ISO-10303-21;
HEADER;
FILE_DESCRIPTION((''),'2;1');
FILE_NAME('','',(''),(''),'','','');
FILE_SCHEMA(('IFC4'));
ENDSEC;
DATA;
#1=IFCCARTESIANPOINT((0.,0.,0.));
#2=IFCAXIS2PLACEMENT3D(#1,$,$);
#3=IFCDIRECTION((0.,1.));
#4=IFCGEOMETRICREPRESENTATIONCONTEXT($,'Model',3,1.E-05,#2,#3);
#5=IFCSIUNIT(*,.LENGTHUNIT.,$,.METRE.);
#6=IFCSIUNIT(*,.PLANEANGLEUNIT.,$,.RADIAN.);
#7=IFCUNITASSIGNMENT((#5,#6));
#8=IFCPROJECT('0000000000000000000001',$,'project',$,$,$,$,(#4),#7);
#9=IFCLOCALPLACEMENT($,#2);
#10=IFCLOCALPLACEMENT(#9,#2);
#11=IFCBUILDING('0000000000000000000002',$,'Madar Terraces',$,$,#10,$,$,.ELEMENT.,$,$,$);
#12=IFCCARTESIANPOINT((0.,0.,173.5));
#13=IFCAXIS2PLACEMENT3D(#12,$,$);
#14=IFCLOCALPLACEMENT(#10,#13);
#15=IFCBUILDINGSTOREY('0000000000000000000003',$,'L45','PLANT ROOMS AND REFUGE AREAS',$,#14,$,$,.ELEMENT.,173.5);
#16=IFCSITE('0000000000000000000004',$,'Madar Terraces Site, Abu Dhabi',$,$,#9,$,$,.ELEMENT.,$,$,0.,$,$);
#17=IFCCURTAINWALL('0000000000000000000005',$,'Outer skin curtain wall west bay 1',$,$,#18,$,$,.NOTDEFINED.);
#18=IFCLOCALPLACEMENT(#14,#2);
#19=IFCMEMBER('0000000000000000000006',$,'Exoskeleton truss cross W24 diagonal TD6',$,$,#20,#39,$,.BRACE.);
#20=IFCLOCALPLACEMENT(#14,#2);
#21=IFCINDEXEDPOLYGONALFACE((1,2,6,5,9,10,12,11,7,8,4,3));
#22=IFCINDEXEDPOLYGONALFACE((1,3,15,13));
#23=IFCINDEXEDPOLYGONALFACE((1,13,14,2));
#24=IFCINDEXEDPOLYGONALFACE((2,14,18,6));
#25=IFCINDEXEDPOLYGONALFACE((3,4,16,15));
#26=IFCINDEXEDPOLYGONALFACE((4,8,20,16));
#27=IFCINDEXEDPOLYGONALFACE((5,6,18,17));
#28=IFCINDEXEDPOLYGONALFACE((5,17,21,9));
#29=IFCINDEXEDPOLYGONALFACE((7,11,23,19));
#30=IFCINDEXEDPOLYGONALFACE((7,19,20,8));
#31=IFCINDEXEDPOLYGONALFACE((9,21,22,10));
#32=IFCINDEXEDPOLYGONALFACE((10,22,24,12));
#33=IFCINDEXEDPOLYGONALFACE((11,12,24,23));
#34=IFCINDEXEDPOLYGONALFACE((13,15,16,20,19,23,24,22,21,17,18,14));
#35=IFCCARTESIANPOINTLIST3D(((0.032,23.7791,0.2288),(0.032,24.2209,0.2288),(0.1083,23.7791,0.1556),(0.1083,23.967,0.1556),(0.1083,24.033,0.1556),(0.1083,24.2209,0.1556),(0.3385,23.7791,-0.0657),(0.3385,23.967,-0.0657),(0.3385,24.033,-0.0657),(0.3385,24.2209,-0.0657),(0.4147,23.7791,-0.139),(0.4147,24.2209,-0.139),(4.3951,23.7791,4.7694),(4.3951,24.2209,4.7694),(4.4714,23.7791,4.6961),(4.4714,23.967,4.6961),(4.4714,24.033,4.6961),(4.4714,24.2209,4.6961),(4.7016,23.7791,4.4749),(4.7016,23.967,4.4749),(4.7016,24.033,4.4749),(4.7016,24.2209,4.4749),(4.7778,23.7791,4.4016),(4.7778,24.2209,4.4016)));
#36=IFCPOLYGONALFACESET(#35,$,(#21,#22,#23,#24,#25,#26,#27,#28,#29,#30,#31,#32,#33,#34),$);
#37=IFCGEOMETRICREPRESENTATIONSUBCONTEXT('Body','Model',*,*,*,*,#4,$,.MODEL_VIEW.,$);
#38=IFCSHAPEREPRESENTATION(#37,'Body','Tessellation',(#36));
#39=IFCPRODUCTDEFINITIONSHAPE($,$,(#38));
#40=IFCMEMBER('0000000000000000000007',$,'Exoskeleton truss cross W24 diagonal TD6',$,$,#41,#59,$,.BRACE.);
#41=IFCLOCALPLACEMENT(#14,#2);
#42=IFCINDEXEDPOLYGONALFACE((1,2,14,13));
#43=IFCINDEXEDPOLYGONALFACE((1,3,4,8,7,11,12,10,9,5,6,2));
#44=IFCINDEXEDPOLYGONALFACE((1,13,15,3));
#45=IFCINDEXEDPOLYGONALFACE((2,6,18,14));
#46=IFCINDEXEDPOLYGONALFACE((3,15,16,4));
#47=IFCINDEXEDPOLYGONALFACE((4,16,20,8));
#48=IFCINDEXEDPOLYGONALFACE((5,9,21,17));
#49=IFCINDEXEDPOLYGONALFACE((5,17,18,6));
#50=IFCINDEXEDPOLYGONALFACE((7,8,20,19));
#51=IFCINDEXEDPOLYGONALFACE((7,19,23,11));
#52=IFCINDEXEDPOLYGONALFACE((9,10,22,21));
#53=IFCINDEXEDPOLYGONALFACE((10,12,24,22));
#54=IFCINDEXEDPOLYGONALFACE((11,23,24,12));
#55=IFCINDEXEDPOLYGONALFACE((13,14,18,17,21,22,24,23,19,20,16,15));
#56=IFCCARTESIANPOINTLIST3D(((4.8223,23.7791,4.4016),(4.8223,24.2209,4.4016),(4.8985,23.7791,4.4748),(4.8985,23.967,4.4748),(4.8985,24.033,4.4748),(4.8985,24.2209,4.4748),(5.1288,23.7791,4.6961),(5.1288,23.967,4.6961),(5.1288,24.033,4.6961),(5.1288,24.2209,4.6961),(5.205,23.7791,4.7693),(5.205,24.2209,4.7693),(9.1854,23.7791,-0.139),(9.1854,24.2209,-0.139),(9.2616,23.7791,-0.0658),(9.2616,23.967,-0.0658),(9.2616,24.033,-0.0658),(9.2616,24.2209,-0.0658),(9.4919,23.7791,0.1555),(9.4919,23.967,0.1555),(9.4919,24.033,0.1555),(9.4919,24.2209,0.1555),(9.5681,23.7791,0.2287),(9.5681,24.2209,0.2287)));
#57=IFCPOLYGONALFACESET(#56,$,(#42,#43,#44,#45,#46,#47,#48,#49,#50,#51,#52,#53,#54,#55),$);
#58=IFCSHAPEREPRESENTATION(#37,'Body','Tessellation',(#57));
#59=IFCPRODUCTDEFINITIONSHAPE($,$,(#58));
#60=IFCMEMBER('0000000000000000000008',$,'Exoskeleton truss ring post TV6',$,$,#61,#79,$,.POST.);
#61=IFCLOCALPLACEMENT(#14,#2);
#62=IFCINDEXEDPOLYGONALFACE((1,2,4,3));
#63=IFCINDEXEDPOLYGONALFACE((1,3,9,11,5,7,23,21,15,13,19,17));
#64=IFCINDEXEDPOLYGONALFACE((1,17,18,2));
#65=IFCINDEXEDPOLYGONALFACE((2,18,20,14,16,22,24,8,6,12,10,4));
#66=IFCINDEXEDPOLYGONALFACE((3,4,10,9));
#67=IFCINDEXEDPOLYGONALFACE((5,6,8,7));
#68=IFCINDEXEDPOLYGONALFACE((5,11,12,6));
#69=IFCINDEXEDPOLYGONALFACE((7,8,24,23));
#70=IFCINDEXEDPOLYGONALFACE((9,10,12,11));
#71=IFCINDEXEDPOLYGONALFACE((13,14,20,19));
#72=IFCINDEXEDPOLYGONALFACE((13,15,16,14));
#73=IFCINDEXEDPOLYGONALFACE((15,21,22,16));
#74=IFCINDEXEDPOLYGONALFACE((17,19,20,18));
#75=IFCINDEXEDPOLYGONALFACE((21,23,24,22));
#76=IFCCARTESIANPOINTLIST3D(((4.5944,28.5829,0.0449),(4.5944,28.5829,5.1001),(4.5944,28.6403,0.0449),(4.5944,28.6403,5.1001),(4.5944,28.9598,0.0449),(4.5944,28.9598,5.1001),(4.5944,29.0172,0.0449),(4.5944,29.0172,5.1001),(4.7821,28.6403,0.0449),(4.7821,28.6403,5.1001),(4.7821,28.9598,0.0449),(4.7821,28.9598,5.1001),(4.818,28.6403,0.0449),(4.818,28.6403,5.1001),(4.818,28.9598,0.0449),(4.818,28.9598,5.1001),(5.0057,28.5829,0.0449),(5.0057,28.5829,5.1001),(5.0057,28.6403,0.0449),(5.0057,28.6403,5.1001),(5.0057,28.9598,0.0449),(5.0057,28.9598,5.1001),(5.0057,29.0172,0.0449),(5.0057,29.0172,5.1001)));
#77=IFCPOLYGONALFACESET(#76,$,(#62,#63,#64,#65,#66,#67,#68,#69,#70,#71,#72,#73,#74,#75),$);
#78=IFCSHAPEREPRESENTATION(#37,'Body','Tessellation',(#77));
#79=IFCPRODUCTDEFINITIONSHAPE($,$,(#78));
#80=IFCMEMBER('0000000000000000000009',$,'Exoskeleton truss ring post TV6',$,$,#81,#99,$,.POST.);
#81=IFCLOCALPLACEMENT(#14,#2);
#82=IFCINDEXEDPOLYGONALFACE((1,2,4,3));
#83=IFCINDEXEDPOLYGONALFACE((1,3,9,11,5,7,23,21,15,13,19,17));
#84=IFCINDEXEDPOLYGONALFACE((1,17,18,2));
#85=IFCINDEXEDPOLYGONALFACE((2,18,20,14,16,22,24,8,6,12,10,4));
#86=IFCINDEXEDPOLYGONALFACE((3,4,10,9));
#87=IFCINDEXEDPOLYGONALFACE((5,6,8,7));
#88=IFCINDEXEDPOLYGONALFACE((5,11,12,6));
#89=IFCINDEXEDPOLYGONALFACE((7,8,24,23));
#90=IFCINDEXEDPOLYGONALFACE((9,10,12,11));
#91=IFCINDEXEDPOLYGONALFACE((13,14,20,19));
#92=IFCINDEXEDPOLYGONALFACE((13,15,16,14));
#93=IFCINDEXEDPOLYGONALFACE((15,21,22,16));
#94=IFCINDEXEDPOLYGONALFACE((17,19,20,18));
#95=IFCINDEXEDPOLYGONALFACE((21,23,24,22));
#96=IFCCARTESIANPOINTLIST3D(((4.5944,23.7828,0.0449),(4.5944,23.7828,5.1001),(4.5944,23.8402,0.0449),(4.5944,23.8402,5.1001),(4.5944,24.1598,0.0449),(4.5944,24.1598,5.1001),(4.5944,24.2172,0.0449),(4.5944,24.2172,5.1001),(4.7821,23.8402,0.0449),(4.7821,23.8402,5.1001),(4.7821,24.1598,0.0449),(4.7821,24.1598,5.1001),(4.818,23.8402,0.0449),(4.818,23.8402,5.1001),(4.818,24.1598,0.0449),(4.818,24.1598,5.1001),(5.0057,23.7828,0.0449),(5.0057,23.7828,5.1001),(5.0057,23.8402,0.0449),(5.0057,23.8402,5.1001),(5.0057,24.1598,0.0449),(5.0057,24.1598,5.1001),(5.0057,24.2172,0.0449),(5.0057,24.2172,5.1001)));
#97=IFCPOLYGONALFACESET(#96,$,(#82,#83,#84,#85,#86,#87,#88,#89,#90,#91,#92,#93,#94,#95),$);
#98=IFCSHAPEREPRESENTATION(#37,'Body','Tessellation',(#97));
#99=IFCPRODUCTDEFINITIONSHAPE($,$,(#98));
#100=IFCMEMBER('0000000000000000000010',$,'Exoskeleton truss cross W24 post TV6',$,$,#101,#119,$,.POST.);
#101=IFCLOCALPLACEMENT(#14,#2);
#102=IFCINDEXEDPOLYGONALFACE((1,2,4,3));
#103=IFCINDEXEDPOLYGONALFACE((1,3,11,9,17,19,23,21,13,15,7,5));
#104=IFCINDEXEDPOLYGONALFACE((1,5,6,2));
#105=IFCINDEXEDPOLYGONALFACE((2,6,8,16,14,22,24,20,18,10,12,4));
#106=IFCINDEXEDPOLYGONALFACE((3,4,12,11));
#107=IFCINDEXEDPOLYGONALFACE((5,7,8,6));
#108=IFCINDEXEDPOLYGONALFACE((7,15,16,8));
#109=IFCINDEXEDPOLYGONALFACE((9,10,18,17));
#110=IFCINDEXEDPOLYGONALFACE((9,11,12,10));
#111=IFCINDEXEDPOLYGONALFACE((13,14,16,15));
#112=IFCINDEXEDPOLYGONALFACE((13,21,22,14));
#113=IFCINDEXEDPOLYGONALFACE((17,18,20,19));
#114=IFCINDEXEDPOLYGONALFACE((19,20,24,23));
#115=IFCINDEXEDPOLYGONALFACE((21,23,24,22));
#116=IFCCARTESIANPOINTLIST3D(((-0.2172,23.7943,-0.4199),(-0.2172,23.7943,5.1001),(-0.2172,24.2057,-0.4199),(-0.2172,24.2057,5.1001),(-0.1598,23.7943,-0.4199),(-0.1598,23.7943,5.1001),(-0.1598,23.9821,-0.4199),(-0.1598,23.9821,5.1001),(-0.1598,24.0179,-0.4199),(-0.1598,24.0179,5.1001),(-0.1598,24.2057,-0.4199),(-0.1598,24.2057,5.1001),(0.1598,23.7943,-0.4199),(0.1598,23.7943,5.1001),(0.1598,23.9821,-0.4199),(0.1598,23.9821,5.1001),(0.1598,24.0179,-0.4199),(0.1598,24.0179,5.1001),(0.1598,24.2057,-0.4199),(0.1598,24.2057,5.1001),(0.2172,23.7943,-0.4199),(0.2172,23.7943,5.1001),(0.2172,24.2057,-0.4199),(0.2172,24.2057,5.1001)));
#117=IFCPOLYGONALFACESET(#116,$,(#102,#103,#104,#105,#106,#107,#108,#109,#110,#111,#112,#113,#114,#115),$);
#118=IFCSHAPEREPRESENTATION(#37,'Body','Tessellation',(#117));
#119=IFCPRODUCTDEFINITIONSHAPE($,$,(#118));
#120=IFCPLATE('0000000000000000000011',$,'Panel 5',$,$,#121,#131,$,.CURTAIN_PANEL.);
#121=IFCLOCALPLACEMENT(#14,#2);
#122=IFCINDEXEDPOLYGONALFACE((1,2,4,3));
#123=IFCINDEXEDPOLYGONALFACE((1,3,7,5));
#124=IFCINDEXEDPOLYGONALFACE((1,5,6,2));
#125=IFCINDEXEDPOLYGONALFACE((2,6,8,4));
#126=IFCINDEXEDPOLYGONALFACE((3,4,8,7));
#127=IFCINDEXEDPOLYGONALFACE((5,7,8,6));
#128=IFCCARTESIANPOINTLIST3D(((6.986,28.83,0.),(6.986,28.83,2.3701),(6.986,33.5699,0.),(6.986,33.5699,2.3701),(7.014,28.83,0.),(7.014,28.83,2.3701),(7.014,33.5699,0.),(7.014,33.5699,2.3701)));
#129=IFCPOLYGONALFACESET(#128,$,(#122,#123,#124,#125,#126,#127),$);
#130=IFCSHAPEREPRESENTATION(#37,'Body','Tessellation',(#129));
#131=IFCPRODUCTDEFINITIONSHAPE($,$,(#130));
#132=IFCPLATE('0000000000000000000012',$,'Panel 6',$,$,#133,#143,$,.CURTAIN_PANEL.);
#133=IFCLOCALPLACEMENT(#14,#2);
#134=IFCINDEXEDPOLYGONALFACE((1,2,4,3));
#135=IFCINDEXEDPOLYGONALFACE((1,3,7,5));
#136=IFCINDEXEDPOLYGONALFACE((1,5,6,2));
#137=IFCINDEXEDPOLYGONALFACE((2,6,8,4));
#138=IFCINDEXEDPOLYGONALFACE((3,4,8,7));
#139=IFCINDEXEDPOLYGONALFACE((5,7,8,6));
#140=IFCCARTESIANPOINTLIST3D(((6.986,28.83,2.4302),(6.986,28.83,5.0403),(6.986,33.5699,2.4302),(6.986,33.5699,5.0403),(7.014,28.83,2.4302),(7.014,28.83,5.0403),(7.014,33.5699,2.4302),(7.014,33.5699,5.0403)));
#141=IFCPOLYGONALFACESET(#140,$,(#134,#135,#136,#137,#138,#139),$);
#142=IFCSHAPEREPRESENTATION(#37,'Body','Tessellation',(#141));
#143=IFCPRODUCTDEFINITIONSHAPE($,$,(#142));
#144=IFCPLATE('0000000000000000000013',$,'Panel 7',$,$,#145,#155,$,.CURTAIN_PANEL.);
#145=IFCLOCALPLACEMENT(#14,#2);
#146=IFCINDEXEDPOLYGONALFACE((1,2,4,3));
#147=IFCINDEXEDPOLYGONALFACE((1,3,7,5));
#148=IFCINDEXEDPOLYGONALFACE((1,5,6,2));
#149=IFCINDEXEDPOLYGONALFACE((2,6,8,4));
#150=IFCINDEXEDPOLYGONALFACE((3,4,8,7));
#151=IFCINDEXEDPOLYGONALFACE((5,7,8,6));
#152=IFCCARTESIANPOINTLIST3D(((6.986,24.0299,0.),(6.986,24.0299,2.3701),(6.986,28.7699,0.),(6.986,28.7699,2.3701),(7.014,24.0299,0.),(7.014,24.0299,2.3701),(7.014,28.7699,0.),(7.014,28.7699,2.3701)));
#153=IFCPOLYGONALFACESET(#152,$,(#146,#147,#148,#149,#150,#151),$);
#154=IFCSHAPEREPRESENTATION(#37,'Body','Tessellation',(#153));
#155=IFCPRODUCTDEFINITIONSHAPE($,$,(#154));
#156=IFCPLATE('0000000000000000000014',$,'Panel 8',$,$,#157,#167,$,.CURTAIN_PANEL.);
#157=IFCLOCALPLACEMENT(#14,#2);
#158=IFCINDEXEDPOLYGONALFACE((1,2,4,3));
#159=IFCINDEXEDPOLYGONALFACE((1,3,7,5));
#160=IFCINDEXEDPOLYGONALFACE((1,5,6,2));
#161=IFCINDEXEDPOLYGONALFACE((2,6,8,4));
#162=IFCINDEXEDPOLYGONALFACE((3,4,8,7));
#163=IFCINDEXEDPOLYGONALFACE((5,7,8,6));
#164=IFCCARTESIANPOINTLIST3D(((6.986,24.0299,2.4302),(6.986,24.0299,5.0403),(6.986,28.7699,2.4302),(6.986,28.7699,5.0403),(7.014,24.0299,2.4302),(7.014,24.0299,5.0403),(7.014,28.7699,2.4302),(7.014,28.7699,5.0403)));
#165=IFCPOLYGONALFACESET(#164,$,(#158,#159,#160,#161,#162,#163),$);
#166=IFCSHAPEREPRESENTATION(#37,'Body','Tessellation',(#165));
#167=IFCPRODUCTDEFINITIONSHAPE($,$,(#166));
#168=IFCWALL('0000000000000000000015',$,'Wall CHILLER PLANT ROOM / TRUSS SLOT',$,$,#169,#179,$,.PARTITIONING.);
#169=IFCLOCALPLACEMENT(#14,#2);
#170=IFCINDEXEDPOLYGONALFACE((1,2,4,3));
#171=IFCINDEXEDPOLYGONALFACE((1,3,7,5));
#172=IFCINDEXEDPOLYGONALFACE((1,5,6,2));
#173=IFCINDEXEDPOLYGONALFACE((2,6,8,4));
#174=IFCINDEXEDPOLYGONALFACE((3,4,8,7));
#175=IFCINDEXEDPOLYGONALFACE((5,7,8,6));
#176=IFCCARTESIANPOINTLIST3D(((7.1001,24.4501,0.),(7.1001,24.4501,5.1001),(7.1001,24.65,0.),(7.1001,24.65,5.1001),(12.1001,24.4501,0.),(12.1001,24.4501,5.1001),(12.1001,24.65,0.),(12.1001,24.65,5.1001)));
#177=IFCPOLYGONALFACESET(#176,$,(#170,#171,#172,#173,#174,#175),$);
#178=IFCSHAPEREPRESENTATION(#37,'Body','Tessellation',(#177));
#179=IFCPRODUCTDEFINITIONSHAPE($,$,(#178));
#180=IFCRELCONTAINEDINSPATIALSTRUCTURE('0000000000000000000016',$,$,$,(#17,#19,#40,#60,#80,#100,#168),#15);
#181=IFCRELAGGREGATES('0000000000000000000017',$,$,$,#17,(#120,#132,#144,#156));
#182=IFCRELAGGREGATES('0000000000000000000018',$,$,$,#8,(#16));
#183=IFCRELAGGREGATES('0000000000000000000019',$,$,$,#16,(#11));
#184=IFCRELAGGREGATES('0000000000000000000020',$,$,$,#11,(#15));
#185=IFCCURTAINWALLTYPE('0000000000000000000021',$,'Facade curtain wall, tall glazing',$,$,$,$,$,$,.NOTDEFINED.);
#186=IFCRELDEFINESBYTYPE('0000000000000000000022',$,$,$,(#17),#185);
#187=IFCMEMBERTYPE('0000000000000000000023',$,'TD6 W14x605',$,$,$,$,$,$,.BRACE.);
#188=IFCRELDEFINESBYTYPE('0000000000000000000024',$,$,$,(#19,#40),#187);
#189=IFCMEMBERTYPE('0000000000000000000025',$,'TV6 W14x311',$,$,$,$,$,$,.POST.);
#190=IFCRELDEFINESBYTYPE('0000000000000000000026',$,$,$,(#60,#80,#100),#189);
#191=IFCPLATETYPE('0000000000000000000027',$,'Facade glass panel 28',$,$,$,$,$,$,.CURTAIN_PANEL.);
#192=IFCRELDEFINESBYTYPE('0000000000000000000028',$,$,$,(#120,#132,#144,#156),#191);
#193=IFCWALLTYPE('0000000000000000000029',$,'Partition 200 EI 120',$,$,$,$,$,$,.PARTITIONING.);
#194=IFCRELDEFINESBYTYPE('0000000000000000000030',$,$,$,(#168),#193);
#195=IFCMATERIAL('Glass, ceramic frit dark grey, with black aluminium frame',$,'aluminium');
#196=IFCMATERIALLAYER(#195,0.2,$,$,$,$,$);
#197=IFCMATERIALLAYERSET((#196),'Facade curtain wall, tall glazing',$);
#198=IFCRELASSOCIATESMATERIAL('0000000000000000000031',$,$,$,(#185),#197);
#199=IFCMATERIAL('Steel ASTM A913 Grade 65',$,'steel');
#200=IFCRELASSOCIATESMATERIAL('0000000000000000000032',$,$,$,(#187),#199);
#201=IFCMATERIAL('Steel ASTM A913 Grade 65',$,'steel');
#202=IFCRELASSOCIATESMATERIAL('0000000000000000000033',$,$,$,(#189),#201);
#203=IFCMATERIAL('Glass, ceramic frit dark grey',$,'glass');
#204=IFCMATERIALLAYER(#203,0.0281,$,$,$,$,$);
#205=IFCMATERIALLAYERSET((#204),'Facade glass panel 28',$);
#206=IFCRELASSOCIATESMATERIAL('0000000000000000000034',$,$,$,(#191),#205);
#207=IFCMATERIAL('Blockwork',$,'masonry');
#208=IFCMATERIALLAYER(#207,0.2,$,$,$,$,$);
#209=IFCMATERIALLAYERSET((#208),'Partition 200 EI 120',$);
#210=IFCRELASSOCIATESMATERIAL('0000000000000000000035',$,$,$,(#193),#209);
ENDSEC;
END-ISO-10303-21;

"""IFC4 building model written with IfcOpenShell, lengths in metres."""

from ifc_helpers import new_model, si_unit, direction, frame, frame_2d, origin, origin_2d, place, context, subcontext, project, spatial, rectangle, i_section, extrude, material, layer, layer_set, material_profile, profile_set, type_object, element, aggregate, save


model = new_model("IFC4")

# Units and contexts
model_context = context("Model", 3, precision=1e-05, world=origin(), true_north=direction((0.0, 1.0)))
body_context = subcontext(model_context, "Body", "Model", "MODEL_VIEW")
ifc_project = project(units=[si_unit("LENGTHUNIT", "METRE"), si_unit("PLANEANGLEUNIT", "RADIAN")], contexts=[model_context])

# Site, building, storey
site_placement = place(None, origin())
site = spatial("IfcSite", under=ifc_project, at=site_placement, Name="Madar Terraces Site, Abu Dhabi", CompositionType="ELEMENT", RefElevation=0.0)
building_placement = place(site_placement, origin())
building = spatial("IfcBuilding", under=site, at=building_placement, Name="Madar Terraces", CompositionType="ELEMENT")
storey_placement = place(building_placement, frame((0.0, 0.0, 173.5)))
storey = spatial("IfcBuildingStorey", under=building, at=storey_placement, Name="L45", Description="PLANT ROOMS AND REFUGE AREAS", CompositionType="ELEMENT", Elevation=173.5)

# Curtain wall
ifc_material_1 = material(Name="Glass, ceramic frit dark grey, with black aluminium frame", Category="aluminium")
ifc_layer_1 = layer(ifc_material_1, 0.2)
ifc_layer_set_1 = layer_set([ifc_layer_1], Name="Facade curtain wall, tall glazing")
curtain_wall_type = type_object("IfcCurtainWallType", Name="Facade curtain wall, tall glazing", PredefinedType="NOTDEFINED", material=ifc_layer_set_1)
curtain_wall_placement = place(storey_placement, origin())
curtain_wall = element("IfcCurtainWall", 1, at=curtain_wall_placement, inside=storey, type_object=curtain_wall_type, Name="Outer skin curtain wall west bay 1", PredefinedType="NOTDEFINED")

# Members
ifc_material_2 = material(Name="Steel ASTM A913 Grade 65", Category="steel")
ifc_material_profile_1 = material_profile(ifc_material_2, i_section(OverallWidth=0.4419, OverallDepth=0.5308, WebThickness=0.0659, FlangeThickness=0.1057, at=origin_2d()), Name="W14x605")
ifc_profile_set_1 = profile_set([ifc_material_profile_1], Name="Steel ASTM A913 Grade 65")
member_type_1 = type_object("IfcMemberType", Name="TD6 W14x605", PredefinedType="BRACE", material=ifc_profile_set_1)
for number, where, z_axis, x_axis, name in (
    (2, (0.2234, 24.0, 0.0449), (0.692873, 0.0, 0.72106), (0.0, 1.0, 0.0), "Exoskeleton truss cross W24 diagonal TD6"),
    (3, (5.0137, 24.0, 4.5854), (0.692873, 0.0, -0.72106), (0.0, 1.0, 0.0), "Exoskeleton truss cross W24 diagonal TD6"),
):
    element("IfcMember", number, at=place(storey_placement, frame(where, z_axis=z_axis, x_axis=x_axis)), inside=storey, type_object=member_type_1, Name=name, PredefinedType="BRACE", context=body_context, shape_type="SweptSolid", body=[
        extrude(i_section(OverallWidth=0.4419, OverallDepth=0.5308, WebThickness=0.0659, FlangeThickness=0.1057, at=origin_2d()), origin(), (0.0, 0.0, 1.0), 6.2971),
    ])
ifc_material_3 = material(Name="Steel ASTM A913 Grade 65", Category="steel")
ifc_material_profile_2 = material_profile(ifc_material_3, i_section(OverallWidth=0.4114, OverallDepth=0.4343, WebThickness=0.0359, FlangeThickness=0.0574, at=origin_2d()), Name="W14x311")
ifc_profile_set_2 = profile_set([ifc_material_profile_2], Name="Steel ASTM A913 Grade 65")
member_type_2 = type_object("IfcMemberType", Name="TV6 W14x311", PredefinedType="POST", material=ifc_profile_set_2)
for number, where, z_axis, x_axis, name in (
    (4, (4.8, 28.8, 0.0449), (0.0, 0.0, 1.0), (1.0, 0.0, 0.0), "Exoskeleton truss ring post TV6"),
    (5, (4.8, 24.0, 0.0449), (0.0, 0.0, 1.0), (1.0, 0.0, 0.0), "Exoskeleton truss ring post TV6"),
):
    element("IfcMember", number, at=place(storey_placement, frame(where, z_axis=z_axis, x_axis=x_axis)), inside=storey, type_object=member_type_2, Name=name, PredefinedType="POST", context=body_context, shape_type="SweptSolid", body=[
        extrude(i_section(OverallWidth=0.4114, OverallDepth=0.4343, WebThickness=0.0359, FlangeThickness=0.0574, at=origin_2d()), origin(), (0.0, 0.0, 1.0), 5.0552),
    ])
member_1_placement = place(storey_placement, frame((0.0, 24.0, -0.4199), z_axis=(0.0, 0.0, 1.0), x_axis=(0.0, 1.0, 0.0)))
element("IfcMember", 6, at=member_1_placement, inside=storey, type_object=member_type_2, Name="Exoskeleton truss cross W24 post TV6", PredefinedType="POST", context=body_context, shape_type="SweptSolid", body=[
    extrude(i_section(OverallWidth=0.4114, OverallDepth=0.4343, WebThickness=0.0359, FlangeThickness=0.0574, at=origin_2d()), origin(), (0.0, 0.0, 1.0), 5.52),
])

# Plates
ifc_material_4 = material(Name="Glass, ceramic frit dark grey", Category="glass")
ifc_layer_2 = layer(ifc_material_4, 0.0281)
ifc_layer_set_2 = layer_set([ifc_layer_2], Name="Facade glass panel 28")
plate_type = type_object("IfcPlateType", Name="Facade glass panel 28", PredefinedType="CURTAIN_PANEL", material=ifc_layer_set_2)
plate_1_placement = place(storey_placement, frame((7.0, 31.2, 0.0), z_axis=(0.0, 0.0, 1.0), x_axis=(0.0, -1.0, 0.0)))
plate_1 = element("IfcPlate", 7, at=plate_1_placement, type_object=plate_type, Name="Panel 5", PredefinedType="CURTAIN_PANEL", context=body_context, shape_type="SweptSolid", body=[
    extrude(rectangle(XDim=4.74, YDim=0.0281, at=origin_2d()), origin(), (0.0, 0.0, 1.0), 2.3701),
])
plate_2_placement = place(storey_placement, frame((7.0, 31.2, 2.4302), z_axis=(0.0, 0.0, 1.0), x_axis=(0.0, -1.0, 0.0)))
plate_2 = element("IfcPlate", 8, at=plate_2_placement, type_object=plate_type, Name="Panel 6", PredefinedType="CURTAIN_PANEL", context=body_context, shape_type="SweptSolid", body=[
    extrude(rectangle(XDim=4.74, YDim=0.0281, at=origin_2d()), origin(), (0.0, 0.0, 1.0), 2.6101),
])
plate_3_placement = place(storey_placement, frame((7.0, 26.3999, 0.0), z_axis=(0.0, 0.0, 1.0), x_axis=(0.0, -1.0, 0.0)))
plate_3 = element("IfcPlate", 9, at=plate_3_placement, type_object=plate_type, Name="Panel 7", PredefinedType="CURTAIN_PANEL", context=body_context, shape_type="SweptSolid", body=[
    extrude(rectangle(XDim=4.74, YDim=0.0281, at=origin_2d()), origin(), (0.0, 0.0, 1.0), 2.3701),
])
plate_4_placement = place(storey_placement, frame((7.0, 26.3999, 2.4302), z_axis=(0.0, 0.0, 1.0), x_axis=(0.0, -1.0, 0.0)))
plate_4 = element("IfcPlate", 10, at=plate_4_placement, type_object=plate_type, Name="Panel 8", PredefinedType="CURTAIN_PANEL", context=body_context, shape_type="SweptSolid", body=[
    extrude(rectangle(XDim=4.74, YDim=0.0281, at=origin_2d()), origin(), (0.0, 0.0, 1.0), 2.6101),
])
aggregate(curtain_wall, [plate_1, plate_2, plate_3, plate_4])

# Wall
ifc_material_5 = material(Name="Blockwork", Category="masonry")
ifc_layer_3 = layer(ifc_material_5, 0.2)
ifc_layer_set_3 = layer_set([ifc_layer_3], Name="Partition 200 EI 120")
wall_type = type_object("IfcWallType", Name="Partition 200 EI 120", PredefinedType="PARTITIONING", material=ifc_layer_set_3)
wall_placement = place(storey_placement, frame((7.1001, 24.55, 0.0), z_axis=(0.0, 0.0, 1.0), x_axis=(1.0, 0.0, 0.0)))
element("IfcWall", 11, at=wall_placement, inside=storey, type_object=wall_type, Name="Wall CHILLER PLANT ROOM / TRUSS SLOT", PredefinedType="PARTITIONING", context=body_context, shape_type="SweptSolid", body=[
    extrude(rectangle(XDim=5.0, YDim=0.2, at=frame_2d((2.5, 0.0))), origin(), (0.0, 0.0, 1.0), 5.1001),
])

save(model, "model.ifc")
